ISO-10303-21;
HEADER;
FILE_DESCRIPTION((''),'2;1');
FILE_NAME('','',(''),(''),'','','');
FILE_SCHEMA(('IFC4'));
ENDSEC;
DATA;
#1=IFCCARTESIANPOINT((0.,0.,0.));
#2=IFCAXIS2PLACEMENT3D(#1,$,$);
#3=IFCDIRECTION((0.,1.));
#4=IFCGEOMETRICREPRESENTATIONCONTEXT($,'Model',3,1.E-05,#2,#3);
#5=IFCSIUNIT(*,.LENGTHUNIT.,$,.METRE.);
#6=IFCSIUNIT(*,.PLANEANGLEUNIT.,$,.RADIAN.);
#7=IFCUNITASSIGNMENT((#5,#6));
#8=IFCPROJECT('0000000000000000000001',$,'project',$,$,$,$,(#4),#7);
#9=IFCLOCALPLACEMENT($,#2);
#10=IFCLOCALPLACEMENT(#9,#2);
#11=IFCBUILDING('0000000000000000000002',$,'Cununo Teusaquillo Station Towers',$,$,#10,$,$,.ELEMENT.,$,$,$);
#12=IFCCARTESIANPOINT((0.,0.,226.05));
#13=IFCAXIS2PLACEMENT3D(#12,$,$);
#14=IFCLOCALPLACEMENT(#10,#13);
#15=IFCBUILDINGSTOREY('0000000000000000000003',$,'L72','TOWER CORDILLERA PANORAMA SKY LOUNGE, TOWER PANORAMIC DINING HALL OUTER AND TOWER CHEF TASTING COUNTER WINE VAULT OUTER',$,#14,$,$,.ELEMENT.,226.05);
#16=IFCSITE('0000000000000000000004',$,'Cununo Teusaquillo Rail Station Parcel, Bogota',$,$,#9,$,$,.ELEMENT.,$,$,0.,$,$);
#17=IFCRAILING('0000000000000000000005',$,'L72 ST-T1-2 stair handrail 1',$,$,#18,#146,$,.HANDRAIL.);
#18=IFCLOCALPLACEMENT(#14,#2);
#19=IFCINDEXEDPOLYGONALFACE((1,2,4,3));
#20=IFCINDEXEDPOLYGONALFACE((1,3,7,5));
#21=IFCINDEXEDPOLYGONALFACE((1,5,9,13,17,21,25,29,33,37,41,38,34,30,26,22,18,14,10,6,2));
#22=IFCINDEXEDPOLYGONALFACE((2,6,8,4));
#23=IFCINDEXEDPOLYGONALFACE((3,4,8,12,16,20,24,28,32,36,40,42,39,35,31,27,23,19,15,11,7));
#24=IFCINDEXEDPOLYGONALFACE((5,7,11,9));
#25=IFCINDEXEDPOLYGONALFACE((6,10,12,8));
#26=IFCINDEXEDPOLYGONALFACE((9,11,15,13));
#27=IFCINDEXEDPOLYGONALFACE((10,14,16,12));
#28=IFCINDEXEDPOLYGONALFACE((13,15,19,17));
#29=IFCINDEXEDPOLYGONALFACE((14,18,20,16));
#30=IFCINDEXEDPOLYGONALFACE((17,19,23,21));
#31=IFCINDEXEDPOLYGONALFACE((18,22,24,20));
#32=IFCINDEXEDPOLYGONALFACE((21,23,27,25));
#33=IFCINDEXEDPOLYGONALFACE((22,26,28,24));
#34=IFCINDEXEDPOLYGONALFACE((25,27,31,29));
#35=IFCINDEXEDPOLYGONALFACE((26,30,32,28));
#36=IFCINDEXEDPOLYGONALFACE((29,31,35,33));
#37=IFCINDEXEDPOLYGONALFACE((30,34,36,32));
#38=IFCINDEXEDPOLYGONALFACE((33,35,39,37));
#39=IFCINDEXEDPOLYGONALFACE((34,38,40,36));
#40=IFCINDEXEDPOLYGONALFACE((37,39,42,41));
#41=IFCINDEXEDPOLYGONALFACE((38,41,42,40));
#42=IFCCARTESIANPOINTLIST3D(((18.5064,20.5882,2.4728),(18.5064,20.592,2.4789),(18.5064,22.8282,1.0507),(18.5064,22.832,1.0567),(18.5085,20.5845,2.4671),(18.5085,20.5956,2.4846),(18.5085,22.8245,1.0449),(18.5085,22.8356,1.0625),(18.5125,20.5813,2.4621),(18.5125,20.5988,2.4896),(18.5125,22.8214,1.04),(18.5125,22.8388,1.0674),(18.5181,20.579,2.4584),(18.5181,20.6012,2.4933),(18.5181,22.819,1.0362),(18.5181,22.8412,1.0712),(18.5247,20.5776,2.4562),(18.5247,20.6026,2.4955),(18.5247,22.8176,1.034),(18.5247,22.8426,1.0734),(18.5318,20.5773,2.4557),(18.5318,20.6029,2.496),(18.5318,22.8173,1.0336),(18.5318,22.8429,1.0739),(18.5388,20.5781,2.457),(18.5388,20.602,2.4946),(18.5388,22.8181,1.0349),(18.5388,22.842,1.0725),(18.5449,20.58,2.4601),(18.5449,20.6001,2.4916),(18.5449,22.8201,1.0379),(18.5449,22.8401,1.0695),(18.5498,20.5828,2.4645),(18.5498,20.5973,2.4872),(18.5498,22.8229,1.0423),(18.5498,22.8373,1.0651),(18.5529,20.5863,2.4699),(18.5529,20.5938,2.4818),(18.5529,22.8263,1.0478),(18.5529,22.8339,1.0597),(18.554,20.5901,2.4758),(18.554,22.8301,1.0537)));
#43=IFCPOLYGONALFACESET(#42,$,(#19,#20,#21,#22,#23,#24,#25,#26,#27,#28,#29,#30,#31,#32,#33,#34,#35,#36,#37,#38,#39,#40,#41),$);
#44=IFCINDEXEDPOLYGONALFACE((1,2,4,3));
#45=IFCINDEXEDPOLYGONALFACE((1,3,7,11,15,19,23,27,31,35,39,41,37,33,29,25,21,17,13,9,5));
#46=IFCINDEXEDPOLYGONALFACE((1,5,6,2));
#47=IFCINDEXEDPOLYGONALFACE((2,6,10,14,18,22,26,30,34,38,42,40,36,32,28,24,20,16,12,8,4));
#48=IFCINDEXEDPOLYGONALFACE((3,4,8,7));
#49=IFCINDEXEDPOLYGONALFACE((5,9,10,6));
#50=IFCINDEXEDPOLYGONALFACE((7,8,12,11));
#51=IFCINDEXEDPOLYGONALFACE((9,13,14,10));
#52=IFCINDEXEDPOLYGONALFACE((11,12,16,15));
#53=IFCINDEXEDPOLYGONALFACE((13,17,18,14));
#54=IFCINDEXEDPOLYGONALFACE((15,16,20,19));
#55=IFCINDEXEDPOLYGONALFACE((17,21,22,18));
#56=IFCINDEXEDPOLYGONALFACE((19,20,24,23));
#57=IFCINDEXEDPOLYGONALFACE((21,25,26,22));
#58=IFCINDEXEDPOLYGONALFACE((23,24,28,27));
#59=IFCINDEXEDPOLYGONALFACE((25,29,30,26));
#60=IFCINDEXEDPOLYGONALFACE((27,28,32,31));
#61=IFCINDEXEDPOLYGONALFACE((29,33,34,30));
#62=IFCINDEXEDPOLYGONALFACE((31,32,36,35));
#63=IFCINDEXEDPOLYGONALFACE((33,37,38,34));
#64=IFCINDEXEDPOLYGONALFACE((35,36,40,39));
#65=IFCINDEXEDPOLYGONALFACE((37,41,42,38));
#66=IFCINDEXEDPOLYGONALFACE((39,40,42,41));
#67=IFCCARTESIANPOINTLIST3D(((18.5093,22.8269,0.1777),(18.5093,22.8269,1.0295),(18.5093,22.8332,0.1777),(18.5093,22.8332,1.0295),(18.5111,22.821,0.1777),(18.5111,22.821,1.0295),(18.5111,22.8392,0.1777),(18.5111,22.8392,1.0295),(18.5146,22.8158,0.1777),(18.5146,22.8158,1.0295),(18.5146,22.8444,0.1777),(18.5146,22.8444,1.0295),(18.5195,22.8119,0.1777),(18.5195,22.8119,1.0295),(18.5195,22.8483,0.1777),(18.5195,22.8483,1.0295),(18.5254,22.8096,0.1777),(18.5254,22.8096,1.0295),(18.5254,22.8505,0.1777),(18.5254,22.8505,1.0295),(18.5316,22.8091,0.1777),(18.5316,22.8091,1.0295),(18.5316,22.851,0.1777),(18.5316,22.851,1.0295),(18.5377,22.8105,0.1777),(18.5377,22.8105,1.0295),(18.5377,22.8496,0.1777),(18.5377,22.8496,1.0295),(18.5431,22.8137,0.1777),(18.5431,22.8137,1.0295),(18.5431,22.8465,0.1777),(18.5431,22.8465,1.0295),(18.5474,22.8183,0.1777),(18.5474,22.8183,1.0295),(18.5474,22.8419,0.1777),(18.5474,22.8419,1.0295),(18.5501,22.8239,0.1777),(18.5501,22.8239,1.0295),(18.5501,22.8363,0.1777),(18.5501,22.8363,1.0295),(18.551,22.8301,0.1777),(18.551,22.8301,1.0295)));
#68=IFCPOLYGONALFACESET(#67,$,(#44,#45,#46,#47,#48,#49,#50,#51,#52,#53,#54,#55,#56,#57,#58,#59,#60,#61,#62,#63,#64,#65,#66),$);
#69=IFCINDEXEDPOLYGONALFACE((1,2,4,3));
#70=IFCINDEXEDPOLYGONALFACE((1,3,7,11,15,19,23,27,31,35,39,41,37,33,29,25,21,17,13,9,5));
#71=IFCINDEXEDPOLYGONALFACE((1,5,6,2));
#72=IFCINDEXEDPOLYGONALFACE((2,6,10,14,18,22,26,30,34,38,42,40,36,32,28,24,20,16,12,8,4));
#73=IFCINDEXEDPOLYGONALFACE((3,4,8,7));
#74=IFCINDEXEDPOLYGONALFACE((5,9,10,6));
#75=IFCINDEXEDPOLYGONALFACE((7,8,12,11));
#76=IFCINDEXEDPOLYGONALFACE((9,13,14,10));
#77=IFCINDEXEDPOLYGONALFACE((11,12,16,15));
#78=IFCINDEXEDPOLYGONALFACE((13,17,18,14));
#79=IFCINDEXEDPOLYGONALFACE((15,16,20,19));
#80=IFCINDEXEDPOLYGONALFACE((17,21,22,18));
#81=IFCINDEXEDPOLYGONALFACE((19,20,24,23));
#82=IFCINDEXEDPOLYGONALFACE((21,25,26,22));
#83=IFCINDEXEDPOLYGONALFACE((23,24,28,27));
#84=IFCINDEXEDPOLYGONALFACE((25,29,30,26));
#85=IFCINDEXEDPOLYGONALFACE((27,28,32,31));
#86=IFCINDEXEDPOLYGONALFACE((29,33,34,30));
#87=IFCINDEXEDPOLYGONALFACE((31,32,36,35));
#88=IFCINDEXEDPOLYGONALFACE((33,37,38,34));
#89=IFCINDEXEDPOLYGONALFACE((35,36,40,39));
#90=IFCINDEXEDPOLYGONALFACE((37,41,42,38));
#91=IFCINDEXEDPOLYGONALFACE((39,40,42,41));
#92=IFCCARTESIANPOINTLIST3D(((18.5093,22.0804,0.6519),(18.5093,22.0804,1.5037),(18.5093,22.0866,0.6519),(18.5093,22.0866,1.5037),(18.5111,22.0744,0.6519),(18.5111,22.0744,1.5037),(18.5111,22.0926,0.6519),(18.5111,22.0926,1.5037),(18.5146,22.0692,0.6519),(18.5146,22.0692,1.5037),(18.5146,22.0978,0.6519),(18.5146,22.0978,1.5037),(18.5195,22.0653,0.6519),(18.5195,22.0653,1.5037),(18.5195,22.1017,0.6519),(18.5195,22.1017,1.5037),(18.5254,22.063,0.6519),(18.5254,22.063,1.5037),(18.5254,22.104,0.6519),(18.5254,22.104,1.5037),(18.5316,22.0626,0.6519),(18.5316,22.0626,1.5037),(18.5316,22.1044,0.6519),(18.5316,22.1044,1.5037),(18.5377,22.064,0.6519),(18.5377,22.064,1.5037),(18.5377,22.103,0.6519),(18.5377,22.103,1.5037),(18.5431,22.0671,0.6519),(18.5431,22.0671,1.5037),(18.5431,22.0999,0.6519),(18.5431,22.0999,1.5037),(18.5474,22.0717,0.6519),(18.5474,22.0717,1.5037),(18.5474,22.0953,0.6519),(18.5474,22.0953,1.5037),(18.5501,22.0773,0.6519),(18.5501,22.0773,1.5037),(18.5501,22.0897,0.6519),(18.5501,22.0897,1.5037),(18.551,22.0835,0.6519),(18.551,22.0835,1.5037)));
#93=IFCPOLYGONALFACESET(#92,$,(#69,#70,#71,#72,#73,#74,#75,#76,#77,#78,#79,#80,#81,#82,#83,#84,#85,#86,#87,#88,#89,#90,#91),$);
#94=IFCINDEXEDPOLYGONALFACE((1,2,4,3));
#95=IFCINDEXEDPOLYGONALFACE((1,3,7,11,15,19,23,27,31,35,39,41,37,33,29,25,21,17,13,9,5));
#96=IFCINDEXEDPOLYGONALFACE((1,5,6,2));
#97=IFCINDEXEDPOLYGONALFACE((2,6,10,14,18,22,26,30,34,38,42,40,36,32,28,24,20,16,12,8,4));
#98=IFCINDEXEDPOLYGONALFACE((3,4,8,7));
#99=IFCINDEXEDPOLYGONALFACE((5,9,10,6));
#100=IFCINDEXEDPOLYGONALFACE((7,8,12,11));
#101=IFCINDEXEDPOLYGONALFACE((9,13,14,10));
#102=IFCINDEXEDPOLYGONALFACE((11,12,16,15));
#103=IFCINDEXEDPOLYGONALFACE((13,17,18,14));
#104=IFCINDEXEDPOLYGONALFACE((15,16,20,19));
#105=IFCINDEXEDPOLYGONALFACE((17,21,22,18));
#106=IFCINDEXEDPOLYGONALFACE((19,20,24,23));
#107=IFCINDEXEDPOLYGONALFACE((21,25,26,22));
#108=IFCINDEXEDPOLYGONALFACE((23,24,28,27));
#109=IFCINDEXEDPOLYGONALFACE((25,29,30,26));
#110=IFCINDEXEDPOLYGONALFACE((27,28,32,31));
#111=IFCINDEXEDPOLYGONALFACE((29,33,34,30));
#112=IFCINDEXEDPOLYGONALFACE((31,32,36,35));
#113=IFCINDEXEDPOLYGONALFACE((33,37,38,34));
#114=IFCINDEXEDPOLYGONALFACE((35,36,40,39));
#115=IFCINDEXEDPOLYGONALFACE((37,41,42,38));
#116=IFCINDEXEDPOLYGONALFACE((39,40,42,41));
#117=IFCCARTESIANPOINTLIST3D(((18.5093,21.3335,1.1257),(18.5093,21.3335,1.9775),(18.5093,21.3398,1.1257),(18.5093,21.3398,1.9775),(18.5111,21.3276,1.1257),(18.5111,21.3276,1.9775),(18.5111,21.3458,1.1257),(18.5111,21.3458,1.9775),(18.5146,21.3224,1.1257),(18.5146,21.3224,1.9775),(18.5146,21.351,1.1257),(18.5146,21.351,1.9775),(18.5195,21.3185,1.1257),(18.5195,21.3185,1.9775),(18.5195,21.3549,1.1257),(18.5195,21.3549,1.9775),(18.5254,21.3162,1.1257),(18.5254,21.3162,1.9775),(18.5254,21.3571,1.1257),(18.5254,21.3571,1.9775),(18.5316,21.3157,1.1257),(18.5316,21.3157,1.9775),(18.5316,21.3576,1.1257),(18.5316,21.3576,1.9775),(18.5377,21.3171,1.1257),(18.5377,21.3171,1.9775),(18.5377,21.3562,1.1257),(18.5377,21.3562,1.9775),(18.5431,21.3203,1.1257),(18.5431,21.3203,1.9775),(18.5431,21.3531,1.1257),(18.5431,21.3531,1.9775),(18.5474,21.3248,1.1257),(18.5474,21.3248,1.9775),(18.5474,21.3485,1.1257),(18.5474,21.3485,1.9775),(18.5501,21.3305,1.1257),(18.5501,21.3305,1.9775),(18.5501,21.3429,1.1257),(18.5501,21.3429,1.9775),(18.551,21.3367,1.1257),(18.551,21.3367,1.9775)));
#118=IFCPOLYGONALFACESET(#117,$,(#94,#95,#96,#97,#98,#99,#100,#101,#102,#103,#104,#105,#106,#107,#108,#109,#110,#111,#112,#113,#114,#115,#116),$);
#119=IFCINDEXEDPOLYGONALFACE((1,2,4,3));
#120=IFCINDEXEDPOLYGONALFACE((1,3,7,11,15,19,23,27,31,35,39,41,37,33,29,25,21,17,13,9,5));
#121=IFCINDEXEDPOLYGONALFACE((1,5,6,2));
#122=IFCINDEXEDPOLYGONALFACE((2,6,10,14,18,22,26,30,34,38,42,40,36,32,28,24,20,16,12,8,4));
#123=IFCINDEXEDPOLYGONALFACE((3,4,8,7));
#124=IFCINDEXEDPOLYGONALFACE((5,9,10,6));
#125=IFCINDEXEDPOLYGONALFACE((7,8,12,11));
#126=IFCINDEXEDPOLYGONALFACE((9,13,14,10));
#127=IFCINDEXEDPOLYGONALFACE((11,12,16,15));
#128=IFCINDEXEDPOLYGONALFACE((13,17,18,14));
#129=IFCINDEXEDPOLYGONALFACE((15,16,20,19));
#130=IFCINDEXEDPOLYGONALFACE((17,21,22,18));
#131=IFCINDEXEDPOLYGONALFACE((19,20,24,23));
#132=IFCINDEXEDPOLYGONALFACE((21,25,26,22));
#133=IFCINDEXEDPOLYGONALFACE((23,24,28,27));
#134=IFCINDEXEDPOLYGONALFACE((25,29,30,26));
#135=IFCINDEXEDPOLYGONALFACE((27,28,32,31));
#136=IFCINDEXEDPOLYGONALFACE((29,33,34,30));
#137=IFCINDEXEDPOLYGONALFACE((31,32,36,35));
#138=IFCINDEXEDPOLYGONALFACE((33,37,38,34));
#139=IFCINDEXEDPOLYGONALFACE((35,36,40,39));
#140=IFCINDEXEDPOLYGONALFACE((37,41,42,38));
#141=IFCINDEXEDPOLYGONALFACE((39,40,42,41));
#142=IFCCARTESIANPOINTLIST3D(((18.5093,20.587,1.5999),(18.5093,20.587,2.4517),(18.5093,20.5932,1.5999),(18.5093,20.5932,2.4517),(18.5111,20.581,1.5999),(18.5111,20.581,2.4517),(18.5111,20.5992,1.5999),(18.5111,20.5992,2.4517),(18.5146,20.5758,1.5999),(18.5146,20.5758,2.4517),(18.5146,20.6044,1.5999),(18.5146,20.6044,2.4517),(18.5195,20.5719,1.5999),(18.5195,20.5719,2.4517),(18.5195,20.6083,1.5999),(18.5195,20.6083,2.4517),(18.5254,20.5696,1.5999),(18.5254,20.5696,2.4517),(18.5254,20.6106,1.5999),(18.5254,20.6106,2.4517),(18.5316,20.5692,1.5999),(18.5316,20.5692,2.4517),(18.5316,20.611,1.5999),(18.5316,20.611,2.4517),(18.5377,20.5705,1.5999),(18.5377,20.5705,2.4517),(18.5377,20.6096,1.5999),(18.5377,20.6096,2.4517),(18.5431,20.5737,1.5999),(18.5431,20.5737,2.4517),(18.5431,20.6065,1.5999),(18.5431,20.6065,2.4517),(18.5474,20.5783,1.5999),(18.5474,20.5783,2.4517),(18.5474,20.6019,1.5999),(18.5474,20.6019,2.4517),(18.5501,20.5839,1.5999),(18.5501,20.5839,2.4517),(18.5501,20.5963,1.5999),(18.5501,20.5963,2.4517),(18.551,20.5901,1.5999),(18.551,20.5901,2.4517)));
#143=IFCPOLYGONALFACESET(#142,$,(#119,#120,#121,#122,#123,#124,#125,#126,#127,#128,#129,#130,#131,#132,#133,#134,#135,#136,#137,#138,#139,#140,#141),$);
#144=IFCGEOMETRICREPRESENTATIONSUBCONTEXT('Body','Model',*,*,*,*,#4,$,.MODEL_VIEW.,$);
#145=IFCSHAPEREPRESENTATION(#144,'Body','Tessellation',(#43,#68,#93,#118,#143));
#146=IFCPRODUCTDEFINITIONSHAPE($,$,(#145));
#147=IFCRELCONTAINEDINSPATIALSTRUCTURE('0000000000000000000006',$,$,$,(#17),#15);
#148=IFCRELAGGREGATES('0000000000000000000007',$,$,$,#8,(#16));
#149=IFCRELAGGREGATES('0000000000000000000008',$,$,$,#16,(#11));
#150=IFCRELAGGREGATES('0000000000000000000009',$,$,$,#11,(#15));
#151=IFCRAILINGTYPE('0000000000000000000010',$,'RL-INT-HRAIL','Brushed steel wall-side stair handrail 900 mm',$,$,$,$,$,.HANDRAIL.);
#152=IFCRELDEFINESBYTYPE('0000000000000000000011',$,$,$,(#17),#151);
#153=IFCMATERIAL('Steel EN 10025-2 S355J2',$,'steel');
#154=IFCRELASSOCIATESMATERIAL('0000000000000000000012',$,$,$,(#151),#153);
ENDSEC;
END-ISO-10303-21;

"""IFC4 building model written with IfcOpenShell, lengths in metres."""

from ifc_helpers import new_model, si_unit, direction, frame, origin, origin_2d, place, context, subcontext, project, spatial, circle, extrude, material, type_object, element, save


model = new_model("IFC4")

# Units and contexts
model_context = context("Model", 3, precision=1e-05, world=origin(), true_north=direction((0.0, 1.0)))
body_context = subcontext(model_context, "Body", "Model", "MODEL_VIEW")
ifc_project = project(units=[si_unit("LENGTHUNIT", "METRE"), si_unit("PLANEANGLEUNIT", "RADIAN")], contexts=[model_context])

# Site, building, storey
site_placement = place(None, origin())
site = spatial("IfcSite", under=ifc_project, at=site_placement, Name="Cununo Teusaquillo Rail Station Parcel, Bogota", CompositionType="ELEMENT", RefElevation=0.0)
building_placement = place(site_placement, origin())
building = spatial("IfcBuilding", under=site, at=building_placement, Name="Cununo Teusaquillo Station Towers", CompositionType="ELEMENT")
storey_placement = place(building_placement, frame((0.0, 0.0, 226.05)))
storey = spatial("IfcBuildingStorey", under=building, at=storey_placement, Name="L72", Description="TOWER CORDILLERA PANORAMA SKY LOUNGE, TOWER PANORAMIC DINING HALL OUTER AND TOWER CHEF TASTING COUNTER WINE VAULT OUTER", CompositionType="ELEMENT", Elevation=226.05)

# Railing
ifc_material_1 = material(Name="Steel EN 10025-2 S355J2", Category="steel")
railing_type_1 = type_object("IfcRailingType", Name="RL-INT-HRAIL", Description="Brushed steel wall-side stair handrail 900 mm", PredefinedType="HANDRAIL", material=ifc_material_1)
railing_1_placement = place(storey_placement, frame((18.53, 22.8301, 0.1777)))
element("IfcRailing", 1, at=railing_1_placement, inside=storey, type_object=railing_type_1, Name="L72 ST-T1-2 stair handrail 1", PredefinedType="HANDRAIL", context=body_context, shape_type="SweptSolid", body=[
    extrude(circle(Radius=0.0239, at=origin_2d()), frame((0.0, 0.0, 0.876), z_axis=(0.0, -0.844229, 0.535982), x_axis=(1.0, 0.0, 0.0)), (0.0, 0.0, 1.0), 2.6533),
    extrude(circle(Radius=0.021, at=origin_2d()), origin(), (0.0, 0.0, 1.0), 0.8518),
    extrude(circle(Radius=0.021, at=origin_2d()), frame((0.0, -0.7466, 0.4741)), (0.0, 0.0, 1.0), 0.8518),
    extrude(circle(Radius=0.021, at=origin_2d()), frame((0.0, -1.4934, 0.948)), (0.0, 0.0, 1.0), 0.8518),
    extrude(circle(Radius=0.021, at=origin_2d()), frame((0.0, -2.24, 1.4221)), (0.0, 0.0, 1.0), 0.8518),
])

save(model, "model.ifc")
